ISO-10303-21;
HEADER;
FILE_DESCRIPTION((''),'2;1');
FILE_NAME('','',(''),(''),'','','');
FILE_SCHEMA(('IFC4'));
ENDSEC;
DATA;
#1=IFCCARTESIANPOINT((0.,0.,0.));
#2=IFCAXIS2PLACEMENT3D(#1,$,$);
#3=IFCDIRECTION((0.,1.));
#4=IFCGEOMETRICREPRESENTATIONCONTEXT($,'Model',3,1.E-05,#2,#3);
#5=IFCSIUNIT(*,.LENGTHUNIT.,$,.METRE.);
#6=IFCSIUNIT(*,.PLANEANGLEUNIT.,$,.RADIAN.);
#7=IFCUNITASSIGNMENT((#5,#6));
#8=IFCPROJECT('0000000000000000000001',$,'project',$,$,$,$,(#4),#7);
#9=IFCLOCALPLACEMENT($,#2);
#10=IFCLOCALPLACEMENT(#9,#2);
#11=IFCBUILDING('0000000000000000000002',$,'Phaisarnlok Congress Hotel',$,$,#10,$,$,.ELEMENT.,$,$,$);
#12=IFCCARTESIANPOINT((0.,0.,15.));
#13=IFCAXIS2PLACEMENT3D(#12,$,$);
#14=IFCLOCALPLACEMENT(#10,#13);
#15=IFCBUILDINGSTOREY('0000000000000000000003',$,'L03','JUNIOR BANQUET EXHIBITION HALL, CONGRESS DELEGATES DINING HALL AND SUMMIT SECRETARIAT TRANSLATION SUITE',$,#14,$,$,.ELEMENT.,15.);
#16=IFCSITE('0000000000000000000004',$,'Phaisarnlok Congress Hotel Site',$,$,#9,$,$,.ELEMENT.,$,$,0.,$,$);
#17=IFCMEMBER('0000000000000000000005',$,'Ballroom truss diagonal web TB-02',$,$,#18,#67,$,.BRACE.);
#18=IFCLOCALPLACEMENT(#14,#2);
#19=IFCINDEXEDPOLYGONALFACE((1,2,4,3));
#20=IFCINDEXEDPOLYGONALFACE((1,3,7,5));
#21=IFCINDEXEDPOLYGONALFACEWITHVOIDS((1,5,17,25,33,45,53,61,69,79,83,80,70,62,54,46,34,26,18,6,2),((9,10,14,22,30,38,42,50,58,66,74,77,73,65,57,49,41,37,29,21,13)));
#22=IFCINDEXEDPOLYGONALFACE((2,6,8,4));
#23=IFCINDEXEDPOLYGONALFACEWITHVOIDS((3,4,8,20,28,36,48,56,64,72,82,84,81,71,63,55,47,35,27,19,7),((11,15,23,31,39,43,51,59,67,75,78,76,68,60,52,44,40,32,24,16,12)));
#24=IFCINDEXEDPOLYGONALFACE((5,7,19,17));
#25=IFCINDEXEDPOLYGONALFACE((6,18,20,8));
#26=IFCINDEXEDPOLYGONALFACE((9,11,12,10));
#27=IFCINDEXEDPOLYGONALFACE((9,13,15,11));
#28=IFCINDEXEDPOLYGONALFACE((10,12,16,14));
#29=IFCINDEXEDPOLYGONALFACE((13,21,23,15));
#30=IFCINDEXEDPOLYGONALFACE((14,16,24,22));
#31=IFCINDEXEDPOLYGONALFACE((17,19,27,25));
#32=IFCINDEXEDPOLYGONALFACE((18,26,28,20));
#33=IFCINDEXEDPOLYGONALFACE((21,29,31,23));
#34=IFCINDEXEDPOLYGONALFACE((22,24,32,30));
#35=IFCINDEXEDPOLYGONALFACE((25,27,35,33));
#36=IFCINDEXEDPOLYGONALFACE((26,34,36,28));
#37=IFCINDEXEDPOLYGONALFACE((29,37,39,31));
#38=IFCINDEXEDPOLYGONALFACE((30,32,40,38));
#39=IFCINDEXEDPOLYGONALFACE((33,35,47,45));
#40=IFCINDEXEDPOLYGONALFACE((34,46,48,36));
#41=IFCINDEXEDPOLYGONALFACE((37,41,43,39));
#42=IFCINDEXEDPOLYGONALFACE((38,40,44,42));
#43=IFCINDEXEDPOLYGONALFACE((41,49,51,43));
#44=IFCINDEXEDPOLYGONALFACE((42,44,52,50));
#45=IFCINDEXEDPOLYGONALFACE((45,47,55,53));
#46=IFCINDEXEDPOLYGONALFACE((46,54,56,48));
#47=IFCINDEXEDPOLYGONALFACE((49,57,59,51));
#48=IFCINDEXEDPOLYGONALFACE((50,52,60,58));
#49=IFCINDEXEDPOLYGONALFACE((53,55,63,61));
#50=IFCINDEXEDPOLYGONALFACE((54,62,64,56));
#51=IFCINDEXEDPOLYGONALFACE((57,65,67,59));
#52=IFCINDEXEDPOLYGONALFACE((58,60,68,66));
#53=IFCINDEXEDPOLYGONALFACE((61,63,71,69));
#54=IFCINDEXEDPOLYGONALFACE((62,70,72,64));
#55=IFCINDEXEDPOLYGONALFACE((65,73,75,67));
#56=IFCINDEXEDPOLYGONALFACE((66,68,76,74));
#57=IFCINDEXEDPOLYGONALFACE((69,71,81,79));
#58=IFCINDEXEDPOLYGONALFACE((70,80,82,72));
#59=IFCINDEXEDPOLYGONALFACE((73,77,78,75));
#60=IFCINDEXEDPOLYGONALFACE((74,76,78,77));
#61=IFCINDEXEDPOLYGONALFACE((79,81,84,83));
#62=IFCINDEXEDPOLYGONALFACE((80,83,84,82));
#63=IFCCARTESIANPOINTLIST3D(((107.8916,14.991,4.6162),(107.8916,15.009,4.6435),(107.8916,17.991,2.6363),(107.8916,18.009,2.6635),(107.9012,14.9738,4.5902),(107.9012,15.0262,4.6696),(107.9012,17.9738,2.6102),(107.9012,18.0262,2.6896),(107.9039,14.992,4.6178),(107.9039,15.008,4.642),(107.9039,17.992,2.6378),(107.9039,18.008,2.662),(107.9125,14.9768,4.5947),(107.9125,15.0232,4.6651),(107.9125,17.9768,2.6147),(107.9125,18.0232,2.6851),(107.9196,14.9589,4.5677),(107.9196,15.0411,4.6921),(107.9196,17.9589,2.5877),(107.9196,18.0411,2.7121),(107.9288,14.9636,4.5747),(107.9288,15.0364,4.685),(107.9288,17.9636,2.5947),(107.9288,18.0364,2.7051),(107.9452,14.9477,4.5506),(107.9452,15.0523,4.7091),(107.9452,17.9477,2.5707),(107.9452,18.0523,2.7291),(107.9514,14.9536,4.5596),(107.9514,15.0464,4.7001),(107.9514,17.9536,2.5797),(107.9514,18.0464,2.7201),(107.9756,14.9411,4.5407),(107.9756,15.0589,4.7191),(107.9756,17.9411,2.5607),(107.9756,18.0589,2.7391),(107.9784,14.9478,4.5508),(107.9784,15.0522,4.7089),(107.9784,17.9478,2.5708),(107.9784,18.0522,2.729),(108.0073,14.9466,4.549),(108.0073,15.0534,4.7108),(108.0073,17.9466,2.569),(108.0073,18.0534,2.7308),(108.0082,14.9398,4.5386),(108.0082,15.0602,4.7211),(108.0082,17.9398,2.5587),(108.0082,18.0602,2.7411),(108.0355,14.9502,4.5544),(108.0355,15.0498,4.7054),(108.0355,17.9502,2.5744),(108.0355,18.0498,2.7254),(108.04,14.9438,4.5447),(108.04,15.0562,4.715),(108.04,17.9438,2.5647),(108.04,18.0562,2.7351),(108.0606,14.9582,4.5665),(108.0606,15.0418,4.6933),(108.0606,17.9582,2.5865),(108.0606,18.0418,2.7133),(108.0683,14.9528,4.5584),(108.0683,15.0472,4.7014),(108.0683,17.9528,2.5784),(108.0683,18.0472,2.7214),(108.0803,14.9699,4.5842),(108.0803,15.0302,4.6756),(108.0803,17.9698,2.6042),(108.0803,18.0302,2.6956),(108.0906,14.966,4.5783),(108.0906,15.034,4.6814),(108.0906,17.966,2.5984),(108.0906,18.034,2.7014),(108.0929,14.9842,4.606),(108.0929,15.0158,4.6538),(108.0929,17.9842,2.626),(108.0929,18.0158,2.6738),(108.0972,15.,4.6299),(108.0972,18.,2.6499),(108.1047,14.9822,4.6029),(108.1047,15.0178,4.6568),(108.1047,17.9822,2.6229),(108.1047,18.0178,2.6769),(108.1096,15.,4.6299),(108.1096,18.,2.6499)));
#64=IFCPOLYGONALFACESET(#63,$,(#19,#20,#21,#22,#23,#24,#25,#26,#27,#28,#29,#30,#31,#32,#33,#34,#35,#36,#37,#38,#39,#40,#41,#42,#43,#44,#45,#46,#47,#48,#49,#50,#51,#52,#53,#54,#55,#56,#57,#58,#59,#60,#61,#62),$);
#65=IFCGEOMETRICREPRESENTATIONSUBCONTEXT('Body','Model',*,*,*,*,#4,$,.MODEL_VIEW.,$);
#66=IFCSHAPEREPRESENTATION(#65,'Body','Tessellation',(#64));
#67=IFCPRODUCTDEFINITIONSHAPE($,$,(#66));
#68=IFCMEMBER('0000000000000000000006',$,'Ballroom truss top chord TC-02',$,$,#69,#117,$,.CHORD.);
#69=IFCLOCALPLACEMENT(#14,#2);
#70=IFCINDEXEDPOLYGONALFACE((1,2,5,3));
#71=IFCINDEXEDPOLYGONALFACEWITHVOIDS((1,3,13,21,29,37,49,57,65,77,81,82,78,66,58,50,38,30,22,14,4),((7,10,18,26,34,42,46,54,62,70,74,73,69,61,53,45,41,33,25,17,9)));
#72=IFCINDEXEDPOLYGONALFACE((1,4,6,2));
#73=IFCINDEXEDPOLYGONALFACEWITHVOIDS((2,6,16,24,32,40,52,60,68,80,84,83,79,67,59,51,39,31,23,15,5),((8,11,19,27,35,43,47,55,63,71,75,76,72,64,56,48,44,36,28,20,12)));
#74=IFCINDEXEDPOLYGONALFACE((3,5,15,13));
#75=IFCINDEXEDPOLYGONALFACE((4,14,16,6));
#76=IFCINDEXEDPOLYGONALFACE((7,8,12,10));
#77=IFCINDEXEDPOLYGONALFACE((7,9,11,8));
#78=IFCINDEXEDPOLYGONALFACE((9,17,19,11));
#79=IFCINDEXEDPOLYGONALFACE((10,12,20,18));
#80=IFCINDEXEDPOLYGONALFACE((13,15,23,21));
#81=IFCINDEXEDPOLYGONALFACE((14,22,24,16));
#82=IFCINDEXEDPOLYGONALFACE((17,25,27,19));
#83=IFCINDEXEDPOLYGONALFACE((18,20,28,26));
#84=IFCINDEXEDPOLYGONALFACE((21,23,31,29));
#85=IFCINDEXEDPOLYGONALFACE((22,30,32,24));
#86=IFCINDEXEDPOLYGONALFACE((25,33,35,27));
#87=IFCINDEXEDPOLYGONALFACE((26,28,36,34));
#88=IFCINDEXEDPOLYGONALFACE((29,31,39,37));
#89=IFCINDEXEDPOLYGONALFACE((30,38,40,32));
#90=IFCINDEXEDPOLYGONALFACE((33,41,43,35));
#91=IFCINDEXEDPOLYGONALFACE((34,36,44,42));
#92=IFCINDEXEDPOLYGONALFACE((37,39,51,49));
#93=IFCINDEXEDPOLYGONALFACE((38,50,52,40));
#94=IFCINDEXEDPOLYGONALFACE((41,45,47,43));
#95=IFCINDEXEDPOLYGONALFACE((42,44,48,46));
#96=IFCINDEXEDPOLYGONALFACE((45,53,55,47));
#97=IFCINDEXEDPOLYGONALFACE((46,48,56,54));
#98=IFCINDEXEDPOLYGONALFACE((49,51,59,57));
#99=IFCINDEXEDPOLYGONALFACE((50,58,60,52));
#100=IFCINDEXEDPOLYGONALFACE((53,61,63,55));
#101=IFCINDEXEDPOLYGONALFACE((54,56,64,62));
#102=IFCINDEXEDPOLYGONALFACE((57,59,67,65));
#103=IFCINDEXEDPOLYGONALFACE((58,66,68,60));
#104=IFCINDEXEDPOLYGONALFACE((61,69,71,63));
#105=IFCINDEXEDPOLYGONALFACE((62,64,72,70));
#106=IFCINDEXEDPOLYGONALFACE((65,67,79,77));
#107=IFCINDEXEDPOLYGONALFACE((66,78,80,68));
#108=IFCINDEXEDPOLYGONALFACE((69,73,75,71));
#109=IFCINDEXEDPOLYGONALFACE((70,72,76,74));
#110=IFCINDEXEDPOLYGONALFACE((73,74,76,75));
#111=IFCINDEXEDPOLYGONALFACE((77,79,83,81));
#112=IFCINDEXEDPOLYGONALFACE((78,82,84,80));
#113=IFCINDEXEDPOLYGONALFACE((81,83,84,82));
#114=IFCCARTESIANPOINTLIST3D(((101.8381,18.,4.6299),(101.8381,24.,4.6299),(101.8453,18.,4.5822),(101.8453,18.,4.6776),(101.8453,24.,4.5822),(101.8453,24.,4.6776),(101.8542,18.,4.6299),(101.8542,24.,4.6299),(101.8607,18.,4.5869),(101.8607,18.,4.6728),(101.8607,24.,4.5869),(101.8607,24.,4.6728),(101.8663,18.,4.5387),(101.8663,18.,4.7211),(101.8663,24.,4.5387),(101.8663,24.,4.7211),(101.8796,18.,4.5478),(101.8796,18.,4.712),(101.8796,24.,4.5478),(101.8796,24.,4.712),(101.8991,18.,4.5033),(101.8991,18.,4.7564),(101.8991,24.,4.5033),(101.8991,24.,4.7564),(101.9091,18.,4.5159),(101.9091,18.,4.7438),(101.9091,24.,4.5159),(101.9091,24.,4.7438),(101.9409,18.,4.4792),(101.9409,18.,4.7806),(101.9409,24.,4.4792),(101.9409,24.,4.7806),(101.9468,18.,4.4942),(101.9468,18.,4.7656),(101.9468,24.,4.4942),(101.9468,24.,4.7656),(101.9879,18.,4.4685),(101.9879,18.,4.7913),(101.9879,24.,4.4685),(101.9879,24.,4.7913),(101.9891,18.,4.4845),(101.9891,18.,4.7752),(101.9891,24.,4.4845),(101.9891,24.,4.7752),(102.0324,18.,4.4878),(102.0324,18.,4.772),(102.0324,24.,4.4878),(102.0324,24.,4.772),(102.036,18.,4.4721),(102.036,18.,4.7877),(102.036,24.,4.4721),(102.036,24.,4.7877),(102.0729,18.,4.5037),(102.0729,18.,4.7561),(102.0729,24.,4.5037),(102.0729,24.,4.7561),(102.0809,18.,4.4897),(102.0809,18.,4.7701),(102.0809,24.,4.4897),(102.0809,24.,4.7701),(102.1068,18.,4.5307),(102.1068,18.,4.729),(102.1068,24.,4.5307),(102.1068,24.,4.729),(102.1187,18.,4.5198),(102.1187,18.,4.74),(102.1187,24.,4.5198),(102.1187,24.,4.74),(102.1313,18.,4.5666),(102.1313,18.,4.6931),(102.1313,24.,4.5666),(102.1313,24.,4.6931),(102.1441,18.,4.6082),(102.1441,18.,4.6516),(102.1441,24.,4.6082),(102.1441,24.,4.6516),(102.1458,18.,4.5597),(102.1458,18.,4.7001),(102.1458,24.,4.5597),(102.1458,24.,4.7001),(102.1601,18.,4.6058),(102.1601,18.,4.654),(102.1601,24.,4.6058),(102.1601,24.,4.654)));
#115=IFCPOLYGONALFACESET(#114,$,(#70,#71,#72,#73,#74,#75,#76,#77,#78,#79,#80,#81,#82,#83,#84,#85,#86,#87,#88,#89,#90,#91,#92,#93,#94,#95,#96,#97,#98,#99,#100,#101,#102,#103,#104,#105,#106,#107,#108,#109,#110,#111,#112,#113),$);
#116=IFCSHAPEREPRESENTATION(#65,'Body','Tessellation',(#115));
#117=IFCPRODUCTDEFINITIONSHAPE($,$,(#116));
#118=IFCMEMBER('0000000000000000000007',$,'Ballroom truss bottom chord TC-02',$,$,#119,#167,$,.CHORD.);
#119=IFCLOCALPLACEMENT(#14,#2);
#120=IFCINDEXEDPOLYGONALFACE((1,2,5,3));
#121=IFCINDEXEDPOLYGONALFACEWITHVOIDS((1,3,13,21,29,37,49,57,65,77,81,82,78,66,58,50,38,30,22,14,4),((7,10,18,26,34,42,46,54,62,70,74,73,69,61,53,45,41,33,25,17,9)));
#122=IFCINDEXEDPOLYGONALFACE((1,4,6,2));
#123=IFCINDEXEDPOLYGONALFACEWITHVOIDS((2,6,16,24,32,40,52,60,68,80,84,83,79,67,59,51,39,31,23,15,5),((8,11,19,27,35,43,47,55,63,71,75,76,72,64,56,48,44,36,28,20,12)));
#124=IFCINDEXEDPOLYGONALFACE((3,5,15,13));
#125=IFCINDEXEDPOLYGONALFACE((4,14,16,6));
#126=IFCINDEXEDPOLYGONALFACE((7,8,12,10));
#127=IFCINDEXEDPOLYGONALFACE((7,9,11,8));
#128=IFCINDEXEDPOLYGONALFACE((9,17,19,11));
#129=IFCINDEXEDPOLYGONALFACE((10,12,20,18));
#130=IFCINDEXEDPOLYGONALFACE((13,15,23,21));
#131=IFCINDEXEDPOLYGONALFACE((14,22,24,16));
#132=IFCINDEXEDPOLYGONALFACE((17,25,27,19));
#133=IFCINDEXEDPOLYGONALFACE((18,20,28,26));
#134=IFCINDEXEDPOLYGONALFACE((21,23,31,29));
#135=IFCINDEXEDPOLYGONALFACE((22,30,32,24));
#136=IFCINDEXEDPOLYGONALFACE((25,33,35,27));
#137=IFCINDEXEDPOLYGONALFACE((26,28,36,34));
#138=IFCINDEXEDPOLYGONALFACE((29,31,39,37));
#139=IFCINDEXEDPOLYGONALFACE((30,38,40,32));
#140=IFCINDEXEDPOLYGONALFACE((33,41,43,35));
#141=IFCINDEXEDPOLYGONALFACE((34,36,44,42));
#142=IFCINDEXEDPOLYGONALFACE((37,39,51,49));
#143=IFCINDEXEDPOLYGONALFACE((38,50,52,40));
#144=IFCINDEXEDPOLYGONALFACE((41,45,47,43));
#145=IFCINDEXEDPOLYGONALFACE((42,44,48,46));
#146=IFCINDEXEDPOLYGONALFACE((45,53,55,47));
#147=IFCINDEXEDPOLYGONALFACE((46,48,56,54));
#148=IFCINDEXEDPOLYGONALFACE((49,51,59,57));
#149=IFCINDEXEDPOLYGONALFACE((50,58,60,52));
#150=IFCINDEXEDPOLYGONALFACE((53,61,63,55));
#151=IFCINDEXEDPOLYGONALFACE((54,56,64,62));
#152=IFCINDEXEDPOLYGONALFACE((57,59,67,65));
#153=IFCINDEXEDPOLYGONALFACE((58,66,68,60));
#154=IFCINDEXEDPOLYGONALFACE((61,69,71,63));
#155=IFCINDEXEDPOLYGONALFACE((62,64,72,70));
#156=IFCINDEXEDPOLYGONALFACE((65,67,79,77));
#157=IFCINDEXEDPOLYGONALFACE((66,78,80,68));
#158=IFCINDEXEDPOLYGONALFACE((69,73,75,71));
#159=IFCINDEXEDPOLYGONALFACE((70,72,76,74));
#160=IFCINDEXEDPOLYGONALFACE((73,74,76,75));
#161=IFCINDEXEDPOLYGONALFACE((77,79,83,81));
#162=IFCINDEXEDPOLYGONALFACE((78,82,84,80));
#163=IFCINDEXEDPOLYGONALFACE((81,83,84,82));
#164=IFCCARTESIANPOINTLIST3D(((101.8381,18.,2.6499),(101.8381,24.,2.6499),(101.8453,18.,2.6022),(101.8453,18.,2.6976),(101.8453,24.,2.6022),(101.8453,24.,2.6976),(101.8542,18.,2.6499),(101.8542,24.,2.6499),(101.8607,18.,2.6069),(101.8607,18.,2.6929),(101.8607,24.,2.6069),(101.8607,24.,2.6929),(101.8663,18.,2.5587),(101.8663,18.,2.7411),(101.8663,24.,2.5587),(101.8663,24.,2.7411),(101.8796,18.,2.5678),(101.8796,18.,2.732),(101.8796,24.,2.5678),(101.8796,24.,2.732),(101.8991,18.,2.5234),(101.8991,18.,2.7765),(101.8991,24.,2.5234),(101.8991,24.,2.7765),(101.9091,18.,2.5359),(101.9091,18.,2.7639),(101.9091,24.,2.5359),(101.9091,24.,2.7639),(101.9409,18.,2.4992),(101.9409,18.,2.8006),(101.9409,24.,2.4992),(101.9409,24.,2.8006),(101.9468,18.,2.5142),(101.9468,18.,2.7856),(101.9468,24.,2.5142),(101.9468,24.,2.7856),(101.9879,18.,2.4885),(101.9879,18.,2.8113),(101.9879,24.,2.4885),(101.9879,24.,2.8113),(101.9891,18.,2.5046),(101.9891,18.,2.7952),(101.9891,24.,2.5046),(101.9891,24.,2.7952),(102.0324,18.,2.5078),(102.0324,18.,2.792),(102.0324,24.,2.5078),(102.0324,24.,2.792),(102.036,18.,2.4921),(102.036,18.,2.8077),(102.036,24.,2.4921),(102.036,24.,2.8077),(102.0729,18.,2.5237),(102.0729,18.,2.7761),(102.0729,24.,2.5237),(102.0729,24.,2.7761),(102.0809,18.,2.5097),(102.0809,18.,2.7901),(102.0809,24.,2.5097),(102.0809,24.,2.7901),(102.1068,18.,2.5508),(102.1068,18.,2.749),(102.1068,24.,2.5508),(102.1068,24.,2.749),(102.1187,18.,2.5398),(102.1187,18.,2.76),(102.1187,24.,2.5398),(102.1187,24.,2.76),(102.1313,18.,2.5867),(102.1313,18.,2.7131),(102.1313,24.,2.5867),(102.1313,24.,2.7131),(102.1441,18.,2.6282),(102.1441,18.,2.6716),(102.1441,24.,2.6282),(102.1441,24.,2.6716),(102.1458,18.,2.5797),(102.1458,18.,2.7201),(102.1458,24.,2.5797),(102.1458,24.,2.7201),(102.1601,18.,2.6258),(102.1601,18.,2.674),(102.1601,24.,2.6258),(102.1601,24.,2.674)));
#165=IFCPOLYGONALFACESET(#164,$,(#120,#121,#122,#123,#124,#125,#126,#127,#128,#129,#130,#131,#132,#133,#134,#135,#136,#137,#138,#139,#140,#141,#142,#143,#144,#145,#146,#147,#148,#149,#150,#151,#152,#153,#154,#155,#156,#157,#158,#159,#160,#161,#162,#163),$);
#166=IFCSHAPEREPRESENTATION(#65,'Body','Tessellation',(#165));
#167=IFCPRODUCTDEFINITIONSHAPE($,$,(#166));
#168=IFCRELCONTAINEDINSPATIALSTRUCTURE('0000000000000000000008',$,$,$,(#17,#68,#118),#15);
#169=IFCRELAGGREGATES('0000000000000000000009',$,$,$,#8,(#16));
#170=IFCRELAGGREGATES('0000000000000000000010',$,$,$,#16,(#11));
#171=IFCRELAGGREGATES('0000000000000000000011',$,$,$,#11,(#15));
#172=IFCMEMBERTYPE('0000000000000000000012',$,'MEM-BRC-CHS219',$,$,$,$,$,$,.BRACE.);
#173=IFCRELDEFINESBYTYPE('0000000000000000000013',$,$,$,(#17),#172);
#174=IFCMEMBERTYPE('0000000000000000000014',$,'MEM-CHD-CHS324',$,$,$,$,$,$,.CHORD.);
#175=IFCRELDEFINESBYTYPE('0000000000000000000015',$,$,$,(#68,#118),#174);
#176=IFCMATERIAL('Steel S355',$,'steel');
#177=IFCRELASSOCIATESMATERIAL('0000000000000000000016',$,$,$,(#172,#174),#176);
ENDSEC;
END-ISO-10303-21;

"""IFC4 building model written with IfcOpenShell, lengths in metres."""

from ifc_helpers import new_model, si_unit, direction, frame, origin, origin_2d, place, context, subcontext, project, spatial, hollow_circle, extrude, material, material_profile, profile_set, type_object, element, save


model = new_model("IFC4")

# Units and contexts
model_context = context("Model", 3, precision=1e-05, world=origin(), true_north=direction((0.0, 1.0)))
body_context = subcontext(model_context, "Body", "Model", "MODEL_VIEW")
ifc_project = project(units=[si_unit("LENGTHUNIT", "METRE"), si_unit("PLANEANGLEUNIT", "RADIAN")], contexts=[model_context])

# Site, building, storey
site_placement = place(None, origin())
site = spatial("IfcSite", under=ifc_project, at=site_placement, Name="Phaisarnlok Congress Hotel Site", CompositionType="ELEMENT", RefElevation=0.0)
building_placement = place(site_placement, origin())
building = spatial("IfcBuilding", under=site, at=building_placement, Name="Phaisarnlok Congress Hotel", CompositionType="ELEMENT")
storey_placement = place(building_placement, frame((0.0, 0.0, 15.0)))
storey = spatial("IfcBuildingStorey", under=building, at=storey_placement, Name="L03", Description="JUNIOR BANQUET EXHIBITION HALL, CONGRESS DELEGATES DINING HALL AND SUMMIT SECRETARIAT TRANSLATION SUITE", CompositionType="ELEMENT", Elevation=15.0)

# Members
ifc_material_1 = material(Name="Steel S355", Category="steel")
ifc_material_profile_1 = material_profile(ifc_material_1, hollow_circle(Radius=0.1096, WallThickness=0.0125, at=origin_2d()), Name="CHS 219.1x12.5")
ifc_profile_set_1 = profile_set([ifc_material_profile_1], Name="Steel S355")
member_type_1 = type_object("IfcMemberType", Name="MEM-BRC-CHS219", PredefinedType="BRACE", material=ifc_profile_set_1)
for number, where, z_axis, x_axis, name in (
    (1, (108.0, 18.0, 2.6499), (0.0, -0.834612, 0.550838), (1.0, 0.0, 0.0), "Ballroom truss diagonal web TB-02"),
):
    element("IfcMember", number, at=place(storey_placement, frame(where, z_axis=z_axis, x_axis=x_axis)), inside=storey, type_object=member_type_1, Name=name, PredefinedType="BRACE", context=body_context, shape_type="SweptSolid", body=[
        extrude(hollow_circle(Radius=0.1096, WallThickness=0.0125, at=origin_2d()), origin(), (0.0, 0.0, 1.0), 3.5945),
    ])
ifc_material_profile_2 = material_profile(ifc_material_1, hollow_circle(Radius=0.1619, WallThickness=0.0161, at=origin_2d()), Name="CHS 323.9x16")
ifc_profile_set_2 = profile_set([ifc_material_profile_2], Name="Steel S355")
member_type_2 = type_object("IfcMemberType", Name="MEM-CHD-CHS324", PredefinedType="CHORD", material=ifc_profile_set_2)
for number, where, z_axis, x_axis, name in (
    (2, (102.0, 18.0, 4.6299), (0.0, 1.0, 0.0), (-1.0, 0.0, 0.0), "Ballroom truss top chord TC-02"),
    (3, (102.0, 18.0, 2.6499), (0.0, 1.0, 0.0), (-1.0, 0.0, 0.0), "Ballroom truss bottom chord TC-02"),
):
    element("IfcMember", number, at=place(storey_placement, frame(where, z_axis=z_axis, x_axis=x_axis)), inside=storey, type_object=member_type_2, Name=name, PredefinedType="CHORD", context=body_context, shape_type="SweptSolid", body=[
        extrude(hollow_circle(Radius=0.1619, WallThickness=0.0161, at=origin_2d()), origin(), (0.0, 0.0, 1.0), 6.0),
    ])

save(model, "model.ifc")
